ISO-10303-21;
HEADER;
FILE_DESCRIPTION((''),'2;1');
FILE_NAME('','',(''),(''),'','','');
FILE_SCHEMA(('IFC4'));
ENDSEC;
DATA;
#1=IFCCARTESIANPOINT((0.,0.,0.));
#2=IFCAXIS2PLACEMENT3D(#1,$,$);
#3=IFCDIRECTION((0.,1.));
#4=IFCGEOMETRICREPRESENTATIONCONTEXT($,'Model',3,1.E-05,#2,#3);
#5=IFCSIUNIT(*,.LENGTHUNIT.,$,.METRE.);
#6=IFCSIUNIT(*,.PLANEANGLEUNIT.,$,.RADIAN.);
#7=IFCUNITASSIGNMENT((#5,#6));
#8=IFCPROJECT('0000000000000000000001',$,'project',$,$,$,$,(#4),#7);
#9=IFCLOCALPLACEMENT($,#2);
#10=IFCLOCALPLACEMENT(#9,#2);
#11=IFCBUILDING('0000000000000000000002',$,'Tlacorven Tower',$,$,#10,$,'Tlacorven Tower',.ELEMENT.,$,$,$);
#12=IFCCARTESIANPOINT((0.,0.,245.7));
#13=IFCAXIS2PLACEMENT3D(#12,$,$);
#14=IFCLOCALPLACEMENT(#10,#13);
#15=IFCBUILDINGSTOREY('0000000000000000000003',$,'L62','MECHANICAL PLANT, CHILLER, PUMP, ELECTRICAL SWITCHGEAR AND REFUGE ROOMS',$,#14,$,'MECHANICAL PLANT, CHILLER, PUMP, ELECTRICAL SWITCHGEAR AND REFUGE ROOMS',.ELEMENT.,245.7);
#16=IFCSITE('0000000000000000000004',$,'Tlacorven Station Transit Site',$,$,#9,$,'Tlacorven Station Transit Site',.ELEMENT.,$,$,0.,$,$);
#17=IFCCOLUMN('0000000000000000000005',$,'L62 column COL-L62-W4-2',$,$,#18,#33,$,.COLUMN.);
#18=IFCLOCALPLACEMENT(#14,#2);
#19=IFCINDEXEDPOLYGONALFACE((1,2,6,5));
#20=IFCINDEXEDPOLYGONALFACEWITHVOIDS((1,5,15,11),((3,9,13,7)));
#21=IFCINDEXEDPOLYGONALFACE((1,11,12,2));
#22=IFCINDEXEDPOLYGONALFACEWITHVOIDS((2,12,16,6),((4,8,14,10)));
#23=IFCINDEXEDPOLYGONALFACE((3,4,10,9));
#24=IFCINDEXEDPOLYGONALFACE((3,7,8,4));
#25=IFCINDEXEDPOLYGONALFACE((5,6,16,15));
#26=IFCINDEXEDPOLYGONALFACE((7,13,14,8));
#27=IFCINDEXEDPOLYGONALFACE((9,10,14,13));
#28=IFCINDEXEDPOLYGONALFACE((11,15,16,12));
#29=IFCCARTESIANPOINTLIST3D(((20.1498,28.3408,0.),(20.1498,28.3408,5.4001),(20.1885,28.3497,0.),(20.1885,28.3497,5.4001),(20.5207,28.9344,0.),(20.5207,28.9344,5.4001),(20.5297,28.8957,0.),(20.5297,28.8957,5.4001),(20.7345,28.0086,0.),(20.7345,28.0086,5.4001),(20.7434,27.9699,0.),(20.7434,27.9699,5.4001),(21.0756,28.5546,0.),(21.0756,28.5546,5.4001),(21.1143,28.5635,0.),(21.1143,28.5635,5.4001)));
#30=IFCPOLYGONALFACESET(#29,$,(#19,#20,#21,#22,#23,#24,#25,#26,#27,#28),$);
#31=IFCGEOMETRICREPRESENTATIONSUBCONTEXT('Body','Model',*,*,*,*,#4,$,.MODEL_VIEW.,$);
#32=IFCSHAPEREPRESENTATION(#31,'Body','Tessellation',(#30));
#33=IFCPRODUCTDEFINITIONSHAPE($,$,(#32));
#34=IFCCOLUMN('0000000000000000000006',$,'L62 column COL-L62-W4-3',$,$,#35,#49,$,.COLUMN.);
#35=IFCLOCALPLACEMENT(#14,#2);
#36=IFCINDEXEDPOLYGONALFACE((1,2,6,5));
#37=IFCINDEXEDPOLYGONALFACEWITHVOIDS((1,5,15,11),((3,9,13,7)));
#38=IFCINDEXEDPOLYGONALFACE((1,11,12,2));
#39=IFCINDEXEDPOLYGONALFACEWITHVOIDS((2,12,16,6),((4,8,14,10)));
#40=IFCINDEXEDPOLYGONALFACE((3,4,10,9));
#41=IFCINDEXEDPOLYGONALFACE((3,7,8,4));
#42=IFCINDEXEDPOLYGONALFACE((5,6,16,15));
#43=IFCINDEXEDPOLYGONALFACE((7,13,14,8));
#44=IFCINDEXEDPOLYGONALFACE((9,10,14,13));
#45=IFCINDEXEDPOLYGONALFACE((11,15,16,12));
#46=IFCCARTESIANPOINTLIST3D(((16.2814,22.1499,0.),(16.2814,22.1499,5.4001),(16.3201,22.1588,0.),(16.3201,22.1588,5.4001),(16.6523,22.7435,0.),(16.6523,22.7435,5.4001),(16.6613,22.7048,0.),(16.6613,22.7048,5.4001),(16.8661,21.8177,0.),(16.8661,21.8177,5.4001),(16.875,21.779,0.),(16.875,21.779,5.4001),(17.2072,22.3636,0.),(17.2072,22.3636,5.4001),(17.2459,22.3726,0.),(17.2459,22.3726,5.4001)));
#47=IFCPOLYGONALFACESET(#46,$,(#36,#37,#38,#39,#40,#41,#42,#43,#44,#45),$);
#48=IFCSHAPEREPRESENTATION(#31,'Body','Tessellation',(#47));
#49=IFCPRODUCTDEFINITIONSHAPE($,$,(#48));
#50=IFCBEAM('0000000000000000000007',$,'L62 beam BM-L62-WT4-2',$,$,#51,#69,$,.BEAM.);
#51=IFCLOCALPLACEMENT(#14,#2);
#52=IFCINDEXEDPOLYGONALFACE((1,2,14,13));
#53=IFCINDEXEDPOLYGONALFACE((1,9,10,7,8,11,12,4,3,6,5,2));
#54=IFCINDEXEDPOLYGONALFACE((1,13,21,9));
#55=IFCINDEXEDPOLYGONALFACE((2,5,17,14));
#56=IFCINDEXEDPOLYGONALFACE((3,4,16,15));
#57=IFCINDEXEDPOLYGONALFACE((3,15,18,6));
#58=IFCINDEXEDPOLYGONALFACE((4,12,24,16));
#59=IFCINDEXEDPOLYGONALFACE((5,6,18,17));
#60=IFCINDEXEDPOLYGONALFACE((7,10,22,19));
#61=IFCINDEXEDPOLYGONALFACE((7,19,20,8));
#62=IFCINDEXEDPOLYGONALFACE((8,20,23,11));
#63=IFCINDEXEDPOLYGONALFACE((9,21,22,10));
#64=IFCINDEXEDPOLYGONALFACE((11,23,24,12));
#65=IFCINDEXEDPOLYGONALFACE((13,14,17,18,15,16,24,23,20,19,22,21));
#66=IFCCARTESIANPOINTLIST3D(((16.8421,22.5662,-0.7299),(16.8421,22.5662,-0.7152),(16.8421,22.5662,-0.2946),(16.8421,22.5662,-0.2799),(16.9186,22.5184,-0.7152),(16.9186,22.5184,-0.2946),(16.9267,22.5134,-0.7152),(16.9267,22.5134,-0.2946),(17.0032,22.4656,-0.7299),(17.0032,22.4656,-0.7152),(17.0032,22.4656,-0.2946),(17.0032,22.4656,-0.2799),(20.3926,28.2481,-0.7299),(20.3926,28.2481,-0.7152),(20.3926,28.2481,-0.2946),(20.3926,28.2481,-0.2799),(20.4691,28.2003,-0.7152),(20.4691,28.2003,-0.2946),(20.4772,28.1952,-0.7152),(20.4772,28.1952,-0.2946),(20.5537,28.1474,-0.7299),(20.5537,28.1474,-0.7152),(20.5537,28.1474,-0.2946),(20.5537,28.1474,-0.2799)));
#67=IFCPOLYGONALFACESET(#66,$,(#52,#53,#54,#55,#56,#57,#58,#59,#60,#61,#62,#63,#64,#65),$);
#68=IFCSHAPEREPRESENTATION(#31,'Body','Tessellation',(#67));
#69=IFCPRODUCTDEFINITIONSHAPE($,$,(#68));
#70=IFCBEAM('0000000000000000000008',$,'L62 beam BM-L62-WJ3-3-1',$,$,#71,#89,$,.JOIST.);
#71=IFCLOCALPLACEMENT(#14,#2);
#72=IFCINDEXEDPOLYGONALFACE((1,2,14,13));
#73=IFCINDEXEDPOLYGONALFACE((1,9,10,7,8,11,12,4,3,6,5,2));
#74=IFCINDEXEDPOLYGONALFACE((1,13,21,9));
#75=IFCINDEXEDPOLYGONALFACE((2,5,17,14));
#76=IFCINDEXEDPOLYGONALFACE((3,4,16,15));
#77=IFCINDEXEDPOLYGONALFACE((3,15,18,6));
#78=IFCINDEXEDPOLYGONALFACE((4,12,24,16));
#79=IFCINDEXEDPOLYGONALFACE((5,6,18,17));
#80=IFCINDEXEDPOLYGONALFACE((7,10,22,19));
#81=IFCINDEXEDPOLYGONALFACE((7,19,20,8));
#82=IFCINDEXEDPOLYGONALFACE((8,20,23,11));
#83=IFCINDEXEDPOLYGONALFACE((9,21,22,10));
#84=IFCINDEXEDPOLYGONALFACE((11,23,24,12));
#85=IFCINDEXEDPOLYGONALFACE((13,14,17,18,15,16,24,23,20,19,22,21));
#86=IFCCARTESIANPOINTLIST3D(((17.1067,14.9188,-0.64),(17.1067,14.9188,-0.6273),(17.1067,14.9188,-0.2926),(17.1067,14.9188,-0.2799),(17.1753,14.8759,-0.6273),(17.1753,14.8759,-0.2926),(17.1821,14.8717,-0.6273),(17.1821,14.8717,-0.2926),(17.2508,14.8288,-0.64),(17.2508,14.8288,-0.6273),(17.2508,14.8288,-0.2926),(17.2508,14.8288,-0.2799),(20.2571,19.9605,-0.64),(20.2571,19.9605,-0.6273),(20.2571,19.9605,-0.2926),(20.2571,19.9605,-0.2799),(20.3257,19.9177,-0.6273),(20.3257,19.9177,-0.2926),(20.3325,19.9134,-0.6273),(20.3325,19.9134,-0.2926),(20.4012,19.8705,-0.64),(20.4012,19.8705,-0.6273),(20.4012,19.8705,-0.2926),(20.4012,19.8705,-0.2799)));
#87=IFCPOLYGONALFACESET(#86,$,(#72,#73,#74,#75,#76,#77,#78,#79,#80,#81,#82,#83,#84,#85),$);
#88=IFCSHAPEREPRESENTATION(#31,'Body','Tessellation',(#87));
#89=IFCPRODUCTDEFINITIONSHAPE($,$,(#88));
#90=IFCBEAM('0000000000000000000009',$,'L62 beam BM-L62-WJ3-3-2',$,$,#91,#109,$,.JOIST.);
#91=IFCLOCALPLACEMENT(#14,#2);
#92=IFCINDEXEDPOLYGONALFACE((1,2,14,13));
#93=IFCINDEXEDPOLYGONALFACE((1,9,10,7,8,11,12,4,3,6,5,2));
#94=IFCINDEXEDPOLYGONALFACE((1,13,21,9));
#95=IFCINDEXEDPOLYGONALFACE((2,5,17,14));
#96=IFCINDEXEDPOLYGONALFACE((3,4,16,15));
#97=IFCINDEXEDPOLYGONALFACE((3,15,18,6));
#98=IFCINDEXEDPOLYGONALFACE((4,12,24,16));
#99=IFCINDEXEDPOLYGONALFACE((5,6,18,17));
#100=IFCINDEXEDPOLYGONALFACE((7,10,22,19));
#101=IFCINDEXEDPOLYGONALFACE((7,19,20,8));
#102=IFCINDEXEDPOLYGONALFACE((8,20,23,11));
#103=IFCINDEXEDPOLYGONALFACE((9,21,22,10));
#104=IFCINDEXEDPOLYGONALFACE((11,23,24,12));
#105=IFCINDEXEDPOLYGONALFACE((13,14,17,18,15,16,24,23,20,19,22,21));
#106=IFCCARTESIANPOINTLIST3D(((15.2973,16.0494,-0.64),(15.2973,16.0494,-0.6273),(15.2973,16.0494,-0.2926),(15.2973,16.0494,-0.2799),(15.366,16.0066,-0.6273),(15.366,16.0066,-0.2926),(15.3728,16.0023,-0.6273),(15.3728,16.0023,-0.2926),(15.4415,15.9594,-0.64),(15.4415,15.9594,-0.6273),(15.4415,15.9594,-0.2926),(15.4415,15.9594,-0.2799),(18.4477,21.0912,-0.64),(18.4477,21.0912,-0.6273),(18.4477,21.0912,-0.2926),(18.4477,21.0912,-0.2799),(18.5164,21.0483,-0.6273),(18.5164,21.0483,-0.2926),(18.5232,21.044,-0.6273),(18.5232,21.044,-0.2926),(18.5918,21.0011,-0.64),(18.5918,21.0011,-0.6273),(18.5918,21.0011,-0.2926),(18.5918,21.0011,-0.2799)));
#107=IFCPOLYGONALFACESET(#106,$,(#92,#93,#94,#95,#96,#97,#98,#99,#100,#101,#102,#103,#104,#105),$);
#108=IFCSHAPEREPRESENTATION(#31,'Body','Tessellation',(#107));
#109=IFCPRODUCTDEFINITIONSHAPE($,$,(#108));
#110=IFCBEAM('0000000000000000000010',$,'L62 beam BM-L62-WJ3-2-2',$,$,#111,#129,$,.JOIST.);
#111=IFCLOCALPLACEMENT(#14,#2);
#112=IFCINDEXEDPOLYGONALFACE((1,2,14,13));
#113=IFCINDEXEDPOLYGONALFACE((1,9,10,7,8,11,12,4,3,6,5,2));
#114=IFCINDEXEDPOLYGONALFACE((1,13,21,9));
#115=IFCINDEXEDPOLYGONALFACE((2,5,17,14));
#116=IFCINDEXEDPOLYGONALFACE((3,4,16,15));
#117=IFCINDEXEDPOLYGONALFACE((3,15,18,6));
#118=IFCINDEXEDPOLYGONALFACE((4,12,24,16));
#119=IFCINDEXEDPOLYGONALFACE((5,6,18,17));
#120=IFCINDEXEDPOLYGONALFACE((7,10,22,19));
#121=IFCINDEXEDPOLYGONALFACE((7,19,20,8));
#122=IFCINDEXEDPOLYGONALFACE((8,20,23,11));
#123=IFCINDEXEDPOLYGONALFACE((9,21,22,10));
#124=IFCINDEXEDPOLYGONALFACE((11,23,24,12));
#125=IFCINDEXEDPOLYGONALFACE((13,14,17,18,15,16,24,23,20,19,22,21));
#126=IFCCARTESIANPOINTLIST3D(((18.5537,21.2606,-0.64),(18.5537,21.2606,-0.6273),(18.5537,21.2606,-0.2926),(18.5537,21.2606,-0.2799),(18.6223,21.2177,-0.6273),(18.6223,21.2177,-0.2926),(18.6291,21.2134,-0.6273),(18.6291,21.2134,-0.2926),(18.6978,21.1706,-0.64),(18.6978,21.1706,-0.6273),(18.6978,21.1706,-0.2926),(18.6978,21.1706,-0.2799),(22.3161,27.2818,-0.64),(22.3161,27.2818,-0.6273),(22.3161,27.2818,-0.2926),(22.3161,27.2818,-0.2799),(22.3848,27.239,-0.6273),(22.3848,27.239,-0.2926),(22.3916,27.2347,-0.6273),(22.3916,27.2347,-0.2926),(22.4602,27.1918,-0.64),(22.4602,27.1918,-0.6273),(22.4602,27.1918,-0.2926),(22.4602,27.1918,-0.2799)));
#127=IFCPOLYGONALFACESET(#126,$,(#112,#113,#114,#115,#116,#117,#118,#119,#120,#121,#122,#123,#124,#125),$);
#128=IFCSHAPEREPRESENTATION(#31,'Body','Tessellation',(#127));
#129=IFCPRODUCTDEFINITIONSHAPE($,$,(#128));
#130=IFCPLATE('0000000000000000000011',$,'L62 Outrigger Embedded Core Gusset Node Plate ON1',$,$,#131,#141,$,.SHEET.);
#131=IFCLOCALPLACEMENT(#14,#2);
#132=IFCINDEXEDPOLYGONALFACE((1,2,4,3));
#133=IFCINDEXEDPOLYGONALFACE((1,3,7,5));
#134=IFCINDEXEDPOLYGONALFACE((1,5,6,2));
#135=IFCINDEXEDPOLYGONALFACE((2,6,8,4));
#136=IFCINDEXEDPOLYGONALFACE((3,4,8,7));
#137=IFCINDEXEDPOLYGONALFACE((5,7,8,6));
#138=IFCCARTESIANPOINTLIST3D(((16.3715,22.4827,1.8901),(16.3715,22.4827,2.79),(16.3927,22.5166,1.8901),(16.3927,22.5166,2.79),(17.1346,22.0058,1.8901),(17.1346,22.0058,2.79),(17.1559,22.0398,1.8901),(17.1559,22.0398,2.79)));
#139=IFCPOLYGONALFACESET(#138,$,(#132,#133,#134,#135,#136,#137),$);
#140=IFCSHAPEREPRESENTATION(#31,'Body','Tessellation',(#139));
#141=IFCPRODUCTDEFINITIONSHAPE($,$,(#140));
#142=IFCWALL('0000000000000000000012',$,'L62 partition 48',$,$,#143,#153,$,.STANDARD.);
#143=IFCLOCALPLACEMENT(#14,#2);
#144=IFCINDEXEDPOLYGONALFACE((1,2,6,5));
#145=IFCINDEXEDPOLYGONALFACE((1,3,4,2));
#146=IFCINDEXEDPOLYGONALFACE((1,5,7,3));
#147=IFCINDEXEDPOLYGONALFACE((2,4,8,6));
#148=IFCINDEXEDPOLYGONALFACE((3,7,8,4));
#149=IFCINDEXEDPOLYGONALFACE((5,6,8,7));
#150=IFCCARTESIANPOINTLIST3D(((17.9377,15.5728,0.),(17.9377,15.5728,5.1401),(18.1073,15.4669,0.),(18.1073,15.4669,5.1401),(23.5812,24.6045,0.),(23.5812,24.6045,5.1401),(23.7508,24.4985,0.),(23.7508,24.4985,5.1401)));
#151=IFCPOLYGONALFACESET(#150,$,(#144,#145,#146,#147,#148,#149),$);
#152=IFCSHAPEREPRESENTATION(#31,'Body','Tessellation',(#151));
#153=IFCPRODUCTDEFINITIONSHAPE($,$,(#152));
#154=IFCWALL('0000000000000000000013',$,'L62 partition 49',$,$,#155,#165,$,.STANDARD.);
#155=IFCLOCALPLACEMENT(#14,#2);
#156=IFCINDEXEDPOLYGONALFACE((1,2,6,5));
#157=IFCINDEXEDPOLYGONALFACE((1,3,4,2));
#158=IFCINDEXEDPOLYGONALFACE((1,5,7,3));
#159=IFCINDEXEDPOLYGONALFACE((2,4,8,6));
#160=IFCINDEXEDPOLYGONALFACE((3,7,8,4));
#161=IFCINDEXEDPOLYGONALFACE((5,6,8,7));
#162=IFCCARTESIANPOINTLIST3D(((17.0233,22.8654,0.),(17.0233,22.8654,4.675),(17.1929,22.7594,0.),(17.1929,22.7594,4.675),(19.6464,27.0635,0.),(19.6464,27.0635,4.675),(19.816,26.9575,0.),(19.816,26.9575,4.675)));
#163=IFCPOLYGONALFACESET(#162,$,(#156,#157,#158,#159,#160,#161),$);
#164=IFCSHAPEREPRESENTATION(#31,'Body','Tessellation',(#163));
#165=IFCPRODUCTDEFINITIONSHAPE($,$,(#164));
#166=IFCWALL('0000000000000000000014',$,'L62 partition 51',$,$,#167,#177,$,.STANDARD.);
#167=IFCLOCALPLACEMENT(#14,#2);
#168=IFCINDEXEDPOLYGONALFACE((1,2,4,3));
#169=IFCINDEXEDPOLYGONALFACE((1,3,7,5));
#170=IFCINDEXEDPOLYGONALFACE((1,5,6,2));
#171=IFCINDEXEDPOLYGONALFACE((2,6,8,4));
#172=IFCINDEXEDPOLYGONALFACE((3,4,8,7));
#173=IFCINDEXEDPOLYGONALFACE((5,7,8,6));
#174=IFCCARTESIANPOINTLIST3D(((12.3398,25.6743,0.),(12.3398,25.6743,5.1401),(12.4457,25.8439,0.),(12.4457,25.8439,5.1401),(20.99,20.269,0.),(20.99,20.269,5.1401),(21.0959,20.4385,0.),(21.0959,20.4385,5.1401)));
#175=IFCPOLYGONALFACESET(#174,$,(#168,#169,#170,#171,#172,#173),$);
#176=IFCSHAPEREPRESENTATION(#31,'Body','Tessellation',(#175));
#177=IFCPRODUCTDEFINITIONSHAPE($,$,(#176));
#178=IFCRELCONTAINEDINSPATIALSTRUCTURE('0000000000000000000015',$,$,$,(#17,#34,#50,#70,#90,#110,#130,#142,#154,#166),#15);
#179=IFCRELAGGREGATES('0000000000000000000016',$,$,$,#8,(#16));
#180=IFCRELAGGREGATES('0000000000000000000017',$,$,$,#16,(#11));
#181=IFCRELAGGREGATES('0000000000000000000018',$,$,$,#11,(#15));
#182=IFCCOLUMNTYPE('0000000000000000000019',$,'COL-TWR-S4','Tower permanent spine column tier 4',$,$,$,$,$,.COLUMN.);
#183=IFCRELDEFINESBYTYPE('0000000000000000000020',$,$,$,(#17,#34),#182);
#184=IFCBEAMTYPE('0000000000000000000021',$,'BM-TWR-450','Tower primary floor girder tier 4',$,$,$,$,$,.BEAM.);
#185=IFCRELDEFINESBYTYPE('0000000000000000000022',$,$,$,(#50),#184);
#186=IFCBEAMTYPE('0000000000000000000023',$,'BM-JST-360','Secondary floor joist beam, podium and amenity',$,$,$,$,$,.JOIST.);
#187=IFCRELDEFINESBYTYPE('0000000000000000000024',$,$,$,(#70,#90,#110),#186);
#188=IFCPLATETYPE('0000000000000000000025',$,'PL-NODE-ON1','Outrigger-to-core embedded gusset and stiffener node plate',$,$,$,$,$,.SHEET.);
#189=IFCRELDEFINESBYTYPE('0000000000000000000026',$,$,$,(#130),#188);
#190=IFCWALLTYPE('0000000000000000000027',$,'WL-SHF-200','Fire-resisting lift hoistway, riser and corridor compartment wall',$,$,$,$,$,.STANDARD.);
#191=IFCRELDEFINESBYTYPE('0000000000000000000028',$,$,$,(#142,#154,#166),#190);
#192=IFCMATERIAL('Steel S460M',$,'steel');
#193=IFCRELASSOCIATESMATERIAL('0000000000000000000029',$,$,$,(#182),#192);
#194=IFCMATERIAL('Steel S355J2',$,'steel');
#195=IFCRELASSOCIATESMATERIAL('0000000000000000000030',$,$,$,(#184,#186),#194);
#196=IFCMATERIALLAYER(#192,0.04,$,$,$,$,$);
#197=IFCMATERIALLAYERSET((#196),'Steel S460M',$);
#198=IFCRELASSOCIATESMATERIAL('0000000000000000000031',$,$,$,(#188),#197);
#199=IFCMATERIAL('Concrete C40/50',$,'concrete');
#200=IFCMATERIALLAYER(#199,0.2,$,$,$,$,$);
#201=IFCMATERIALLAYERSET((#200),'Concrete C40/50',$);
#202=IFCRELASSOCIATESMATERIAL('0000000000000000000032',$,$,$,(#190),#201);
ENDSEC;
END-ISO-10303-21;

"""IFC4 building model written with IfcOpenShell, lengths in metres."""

from ifc_helpers import new_model, si_unit, direction, frame, frame_2d, origin, origin_2d, place, context, subcontext, project, spatial, rectangle, hollow_rectangle, i_section, extrude, source, transform, mapped, material, layer, layer_set, material_profile, profile_set, type_object, element, save


model = new_model("IFC4")

# Units and contexts
model_context = context("Model", 3, precision=1e-05, world=origin(), true_north=direction((0.0, 1.0)))
body_context = subcontext(model_context, "Body", "Model", "MODEL_VIEW")
ifc_project = project(units=[si_unit("LENGTHUNIT", "METRE"), si_unit("PLANEANGLEUNIT", "RADIAN")], contexts=[model_context])

# Site, building, storey
site_placement = place(None, origin())
site = spatial("IfcSite", under=ifc_project, at=site_placement, Name="Tlacorven Station Transit Site", LongName="Tlacorven Station Transit Site", CompositionType="ELEMENT", RefElevation=0.0)
building_placement = place(site_placement, origin())
building = spatial("IfcBuilding", under=site, at=building_placement, Name="Tlacorven Tower", LongName="Tlacorven Tower", CompositionType="ELEMENT")
storey_placement = place(building_placement, frame((0.0, 0.0, 245.7)))
storey = spatial("IfcBuildingStorey", under=building, at=storey_placement, Name="L62", Description="MECHANICAL PLANT, CHILLER, PUMP, ELECTRICAL SWITCHGEAR AND REFUGE ROOMS", LongName="MECHANICAL PLANT, CHILLER, PUMP, ELECTRICAL SWITCHGEAR AND REFUGE ROOMS", CompositionType="ELEMENT", Elevation=245.7)

# Columns
ifc_material_1 = material(Name="Steel S460M", Category="steel")
ifc_material_profile_1 = material_profile(ifc_material_1, hollow_rectangle(XDim=0.7, YDim=0.7, WallThickness=0.0281, at=origin_2d()), Name="BOX 700X700X28")
ifc_profile_set_1 = profile_set([ifc_material_profile_1], Name="Steel S460M")
column_type = type_object("IfcColumnType", Name="COL-TWR-S4", Description="Tower permanent spine column tier 4", PredefinedType="COLUMN", material=ifc_profile_set_1)
shared_shape_1 = source(origin(), body_context, "Body", "SweptSolid", [
    extrude(hollow_rectangle(XDim=0.7, YDim=0.7, WallThickness=0.0281, at=origin_2d()), origin(), (0.0, 0.0, 1.0), 5.4001),
])
for number, where, z_axis, x_axis, name in (
    (1, (20.6321, 28.4521, 0.0), (0.0, 0.0, 1.0), (-0.848048, 0.529919, 0.0), "L62 column COL-L62-W4-2"),
    (2, (16.7637, 22.2612, 0.0), (0.0, 0.0, 1.0), (-0.848048, 0.529919, 0.0), "L62 column COL-L62-W4-3"),
):
    element("IfcColumn", number, at=place(storey_placement, frame(where, z_axis=z_axis, x_axis=x_axis)), inside=storey, type_object=column_type, Name=name, PredefinedType="COLUMN", context=body_context, shape_type="MappedRepresentation", body=[
        mapped(shared_shape_1, transform((0.0, 0.0, 0.0), scale=1.0)),
    ])

# Beams
ifc_material_2 = material(Name="Steel S355J2", Category="steel")
ifc_material_profile_2 = material_profile(ifc_material_2, i_section(OverallWidth=0.1899, OverallDepth=0.45, WebThickness=0.0095, FlangeThickness=0.0146, at=origin_2d()), Name="IPE 450")
ifc_profile_set_2 = profile_set([ifc_material_profile_2], Name="Steel S355J2")
beam_type_1 = type_object("IfcBeamType", Name="BM-TWR-450", Description="Tower primary floor girder tier 4", PredefinedType="BEAM", material=ifc_profile_set_2)
shared_shape_2 = source(origin(), body_context, "Body", "SweptSolid", [
    extrude(i_section(OverallWidth=0.1899, OverallDepth=0.45, WebThickness=0.0095, FlangeThickness=0.0146, at=origin_2d()), origin(), (0.0, 0.0, 1.0), 6.7),
])
beam_1_placement = place(storey_placement, frame((20.4731, 28.1978, -0.5049), z_axis=(-0.52993, -0.848041, 0.0), x_axis=(0.848041, -0.52993, 0.0)))
element("IfcBeam", 3, at=beam_1_placement, inside=storey, type_object=beam_type_1, Name="L62 beam BM-L62-WT4-2", PredefinedType="BEAM", context=body_context, shape_type="MappedRepresentation", body=[
    mapped(shared_shape_2, transform((0.0, 0.0, 0.0), scale=1.0)),
])
ifc_material_profile_3 = material_profile(ifc_material_2, i_section(OverallWidth=0.1699, OverallDepth=0.3601, WebThickness=0.0081, FlangeThickness=0.0127, at=origin_2d()), Name="IPE 360")
ifc_profile_set_3 = profile_set([ifc_material_profile_3], Name="Steel S355J2")
beam_type_2 = type_object("IfcBeamType", Name="BM-JST-360", Description="Secondary floor joist beam, podium and amenity", PredefinedType="JOIST", material=ifc_profile_set_3)
shared_shape_3 = source(origin(), body_context, "Body", "SweptSolid", [
    extrude(i_section(OverallWidth=0.1699, OverallDepth=0.3601, WebThickness=0.0081, FlangeThickness=0.0127, at=origin_2d()), origin(), (0.0, 0.0, 1.0), 5.9451),
])
for number, where, z_axis, x_axis, name in (
    (4, (20.3291, 19.9155, -0.46), (-0.529914, -0.848051, 0.0), (0.848051, -0.529914, 0.0), "L62 beam BM-L62-WJ3-3-1"),
    (5, (18.5198, 21.0461, -0.46), (-0.529914, -0.848051, 0.0), (0.848051, -0.529914, 0.0), "L62 beam BM-L62-WJ3-3-2"),
):
    element("IfcBeam", number, at=place(storey_placement, frame(where, z_axis=z_axis, x_axis=x_axis)), inside=storey, type_object=beam_type_2, Name=name, PredefinedType="JOIST", context=body_context, shape_type="MappedRepresentation", body=[
        mapped(shared_shape_3, transform((0.0, 0.0, 0.0), scale=1.0)),
    ])
shared_shape_4 = source(origin(), body_context, "Body", "SweptSolid", [
    extrude(i_section(OverallWidth=0.1699, OverallDepth=0.3601, WebThickness=0.0081, FlangeThickness=0.0127, at=origin_2d()), origin(), (0.0, 0.0, 1.0), 7.1001),
])
beam_2_placement = place(storey_placement, frame((22.3882, 27.2368, -0.46), z_axis=(-0.529915, -0.84805, 0.0), x_axis=(0.84805, -0.529915, 0.0)))
element("IfcBeam", 6, at=beam_2_placement, inside=storey, type_object=beam_type_2, Name="L62 beam BM-L62-WJ3-2-2", PredefinedType="JOIST", context=body_context, shape_type="MappedRepresentation", body=[
    mapped(shared_shape_4, transform((0.0, 0.0, 0.0), scale=1.0)),
])

# Plate
ifc_layer_1 = layer(ifc_material_1, 0.04)
ifc_layer_set_1 = layer_set([ifc_layer_1], Name="Steel S460M")
plate_type = type_object("IfcPlateType", Name="PL-NODE-ON1", Description="Outrigger-to-core embedded gusset and stiffener node plate", PredefinedType="SHEET", material=ifc_layer_set_1)
shared_shape_5 = source(origin(), body_context, "Body", "SweptSolid", [
    extrude(rectangle(XDim=0.8999, YDim=0.04, at=origin_2d()), origin(), (0.0, 0.0, 1.0), 0.8999),
])
plate_placement = place(storey_placement, frame((16.7637, 22.2612, 1.8901), z_axis=(0.0, 0.0, 1.0), x_axis=(-0.848048, 0.529919, 0.0)))
element("IfcPlate", 7, at=plate_placement, inside=storey, type_object=plate_type, Name="L62 Outrigger Embedded Core Gusset Node Plate ON1", PredefinedType="SHEET", context=body_context, shape_type="MappedRepresentation", body=[
    mapped(shared_shape_5, transform((0.0, 0.0, 0.0), scale=1.0)),
])

# Shared definitions
ifc_material_3 = material(Name="Concrete C40/50", Category="concrete")
ifc_layer_2 = layer(ifc_material_3, 0.2)
ifc_layer_set_2 = layer_set([ifc_layer_2], Name="Concrete C40/50")
wall_type_1 = type_object("IfcWallType", Name="WL-SHF-200", Description="Fire-resisting lift hoistway, riser and corridor compartment wall", PredefinedType="STANDARD", material=ifc_layer_set_2)

# Walls
wall_1_placement = place(storey_placement, frame((23.666, 24.5515, 0.0), z_axis=(0.0, 0.0, 1.0), x_axis=(-0.529912, -0.848052, 0.0)))
element("IfcWall", 8, at=wall_1_placement, inside=storey, type_object=wall_type_1, Name="L62 partition 48", PredefinedType="STANDARD", context=body_context, shape_type="SweptSolid", body=[
    extrude(rectangle(XDim=10.6499, YDim=0.2, at=frame_2d((5.325, 0.0))), origin(), (0.0, 0.0, 1.0), 5.1401),
])
wall_2_placement = place(storey_placement, frame((19.7312, 27.0105, 0.0), z_axis=(0.0, 0.0, 1.0), x_axis=(-0.529897, -0.848062, 0.0)))
element("IfcWall", 9, at=wall_2_placement, inside=storey, type_object=wall_type_1, Name="L62 partition 49", PredefinedType="STANDARD", context=body_context, shape_type="SweptSolid", body=[
    extrude(rectangle(XDim=4.9502, YDim=0.2, at=frame_2d((2.4751, 0.0))), origin(), (0.0, 0.0, 1.0), 4.675),
])
wall_3_placement = place(storey_placement, frame((21.043, 20.3538, 0.0), z_axis=(0.0, 0.0, 1.0), x_axis=(-0.848045, 0.529924, 0.0)))
element("IfcWall", 10, at=wall_3_placement, inside=storey, type_object=wall_type_1, Name="L62 partition 51", PredefinedType="STANDARD", context=body_context, shape_type="SweptSolid", body=[
    extrude(rectangle(XDim=10.2002, YDim=0.2, at=frame_2d((5.1001, 0.0))), origin(), (0.0, 0.0, 1.0), 5.1401),
])

save(model, "model.ifc")
